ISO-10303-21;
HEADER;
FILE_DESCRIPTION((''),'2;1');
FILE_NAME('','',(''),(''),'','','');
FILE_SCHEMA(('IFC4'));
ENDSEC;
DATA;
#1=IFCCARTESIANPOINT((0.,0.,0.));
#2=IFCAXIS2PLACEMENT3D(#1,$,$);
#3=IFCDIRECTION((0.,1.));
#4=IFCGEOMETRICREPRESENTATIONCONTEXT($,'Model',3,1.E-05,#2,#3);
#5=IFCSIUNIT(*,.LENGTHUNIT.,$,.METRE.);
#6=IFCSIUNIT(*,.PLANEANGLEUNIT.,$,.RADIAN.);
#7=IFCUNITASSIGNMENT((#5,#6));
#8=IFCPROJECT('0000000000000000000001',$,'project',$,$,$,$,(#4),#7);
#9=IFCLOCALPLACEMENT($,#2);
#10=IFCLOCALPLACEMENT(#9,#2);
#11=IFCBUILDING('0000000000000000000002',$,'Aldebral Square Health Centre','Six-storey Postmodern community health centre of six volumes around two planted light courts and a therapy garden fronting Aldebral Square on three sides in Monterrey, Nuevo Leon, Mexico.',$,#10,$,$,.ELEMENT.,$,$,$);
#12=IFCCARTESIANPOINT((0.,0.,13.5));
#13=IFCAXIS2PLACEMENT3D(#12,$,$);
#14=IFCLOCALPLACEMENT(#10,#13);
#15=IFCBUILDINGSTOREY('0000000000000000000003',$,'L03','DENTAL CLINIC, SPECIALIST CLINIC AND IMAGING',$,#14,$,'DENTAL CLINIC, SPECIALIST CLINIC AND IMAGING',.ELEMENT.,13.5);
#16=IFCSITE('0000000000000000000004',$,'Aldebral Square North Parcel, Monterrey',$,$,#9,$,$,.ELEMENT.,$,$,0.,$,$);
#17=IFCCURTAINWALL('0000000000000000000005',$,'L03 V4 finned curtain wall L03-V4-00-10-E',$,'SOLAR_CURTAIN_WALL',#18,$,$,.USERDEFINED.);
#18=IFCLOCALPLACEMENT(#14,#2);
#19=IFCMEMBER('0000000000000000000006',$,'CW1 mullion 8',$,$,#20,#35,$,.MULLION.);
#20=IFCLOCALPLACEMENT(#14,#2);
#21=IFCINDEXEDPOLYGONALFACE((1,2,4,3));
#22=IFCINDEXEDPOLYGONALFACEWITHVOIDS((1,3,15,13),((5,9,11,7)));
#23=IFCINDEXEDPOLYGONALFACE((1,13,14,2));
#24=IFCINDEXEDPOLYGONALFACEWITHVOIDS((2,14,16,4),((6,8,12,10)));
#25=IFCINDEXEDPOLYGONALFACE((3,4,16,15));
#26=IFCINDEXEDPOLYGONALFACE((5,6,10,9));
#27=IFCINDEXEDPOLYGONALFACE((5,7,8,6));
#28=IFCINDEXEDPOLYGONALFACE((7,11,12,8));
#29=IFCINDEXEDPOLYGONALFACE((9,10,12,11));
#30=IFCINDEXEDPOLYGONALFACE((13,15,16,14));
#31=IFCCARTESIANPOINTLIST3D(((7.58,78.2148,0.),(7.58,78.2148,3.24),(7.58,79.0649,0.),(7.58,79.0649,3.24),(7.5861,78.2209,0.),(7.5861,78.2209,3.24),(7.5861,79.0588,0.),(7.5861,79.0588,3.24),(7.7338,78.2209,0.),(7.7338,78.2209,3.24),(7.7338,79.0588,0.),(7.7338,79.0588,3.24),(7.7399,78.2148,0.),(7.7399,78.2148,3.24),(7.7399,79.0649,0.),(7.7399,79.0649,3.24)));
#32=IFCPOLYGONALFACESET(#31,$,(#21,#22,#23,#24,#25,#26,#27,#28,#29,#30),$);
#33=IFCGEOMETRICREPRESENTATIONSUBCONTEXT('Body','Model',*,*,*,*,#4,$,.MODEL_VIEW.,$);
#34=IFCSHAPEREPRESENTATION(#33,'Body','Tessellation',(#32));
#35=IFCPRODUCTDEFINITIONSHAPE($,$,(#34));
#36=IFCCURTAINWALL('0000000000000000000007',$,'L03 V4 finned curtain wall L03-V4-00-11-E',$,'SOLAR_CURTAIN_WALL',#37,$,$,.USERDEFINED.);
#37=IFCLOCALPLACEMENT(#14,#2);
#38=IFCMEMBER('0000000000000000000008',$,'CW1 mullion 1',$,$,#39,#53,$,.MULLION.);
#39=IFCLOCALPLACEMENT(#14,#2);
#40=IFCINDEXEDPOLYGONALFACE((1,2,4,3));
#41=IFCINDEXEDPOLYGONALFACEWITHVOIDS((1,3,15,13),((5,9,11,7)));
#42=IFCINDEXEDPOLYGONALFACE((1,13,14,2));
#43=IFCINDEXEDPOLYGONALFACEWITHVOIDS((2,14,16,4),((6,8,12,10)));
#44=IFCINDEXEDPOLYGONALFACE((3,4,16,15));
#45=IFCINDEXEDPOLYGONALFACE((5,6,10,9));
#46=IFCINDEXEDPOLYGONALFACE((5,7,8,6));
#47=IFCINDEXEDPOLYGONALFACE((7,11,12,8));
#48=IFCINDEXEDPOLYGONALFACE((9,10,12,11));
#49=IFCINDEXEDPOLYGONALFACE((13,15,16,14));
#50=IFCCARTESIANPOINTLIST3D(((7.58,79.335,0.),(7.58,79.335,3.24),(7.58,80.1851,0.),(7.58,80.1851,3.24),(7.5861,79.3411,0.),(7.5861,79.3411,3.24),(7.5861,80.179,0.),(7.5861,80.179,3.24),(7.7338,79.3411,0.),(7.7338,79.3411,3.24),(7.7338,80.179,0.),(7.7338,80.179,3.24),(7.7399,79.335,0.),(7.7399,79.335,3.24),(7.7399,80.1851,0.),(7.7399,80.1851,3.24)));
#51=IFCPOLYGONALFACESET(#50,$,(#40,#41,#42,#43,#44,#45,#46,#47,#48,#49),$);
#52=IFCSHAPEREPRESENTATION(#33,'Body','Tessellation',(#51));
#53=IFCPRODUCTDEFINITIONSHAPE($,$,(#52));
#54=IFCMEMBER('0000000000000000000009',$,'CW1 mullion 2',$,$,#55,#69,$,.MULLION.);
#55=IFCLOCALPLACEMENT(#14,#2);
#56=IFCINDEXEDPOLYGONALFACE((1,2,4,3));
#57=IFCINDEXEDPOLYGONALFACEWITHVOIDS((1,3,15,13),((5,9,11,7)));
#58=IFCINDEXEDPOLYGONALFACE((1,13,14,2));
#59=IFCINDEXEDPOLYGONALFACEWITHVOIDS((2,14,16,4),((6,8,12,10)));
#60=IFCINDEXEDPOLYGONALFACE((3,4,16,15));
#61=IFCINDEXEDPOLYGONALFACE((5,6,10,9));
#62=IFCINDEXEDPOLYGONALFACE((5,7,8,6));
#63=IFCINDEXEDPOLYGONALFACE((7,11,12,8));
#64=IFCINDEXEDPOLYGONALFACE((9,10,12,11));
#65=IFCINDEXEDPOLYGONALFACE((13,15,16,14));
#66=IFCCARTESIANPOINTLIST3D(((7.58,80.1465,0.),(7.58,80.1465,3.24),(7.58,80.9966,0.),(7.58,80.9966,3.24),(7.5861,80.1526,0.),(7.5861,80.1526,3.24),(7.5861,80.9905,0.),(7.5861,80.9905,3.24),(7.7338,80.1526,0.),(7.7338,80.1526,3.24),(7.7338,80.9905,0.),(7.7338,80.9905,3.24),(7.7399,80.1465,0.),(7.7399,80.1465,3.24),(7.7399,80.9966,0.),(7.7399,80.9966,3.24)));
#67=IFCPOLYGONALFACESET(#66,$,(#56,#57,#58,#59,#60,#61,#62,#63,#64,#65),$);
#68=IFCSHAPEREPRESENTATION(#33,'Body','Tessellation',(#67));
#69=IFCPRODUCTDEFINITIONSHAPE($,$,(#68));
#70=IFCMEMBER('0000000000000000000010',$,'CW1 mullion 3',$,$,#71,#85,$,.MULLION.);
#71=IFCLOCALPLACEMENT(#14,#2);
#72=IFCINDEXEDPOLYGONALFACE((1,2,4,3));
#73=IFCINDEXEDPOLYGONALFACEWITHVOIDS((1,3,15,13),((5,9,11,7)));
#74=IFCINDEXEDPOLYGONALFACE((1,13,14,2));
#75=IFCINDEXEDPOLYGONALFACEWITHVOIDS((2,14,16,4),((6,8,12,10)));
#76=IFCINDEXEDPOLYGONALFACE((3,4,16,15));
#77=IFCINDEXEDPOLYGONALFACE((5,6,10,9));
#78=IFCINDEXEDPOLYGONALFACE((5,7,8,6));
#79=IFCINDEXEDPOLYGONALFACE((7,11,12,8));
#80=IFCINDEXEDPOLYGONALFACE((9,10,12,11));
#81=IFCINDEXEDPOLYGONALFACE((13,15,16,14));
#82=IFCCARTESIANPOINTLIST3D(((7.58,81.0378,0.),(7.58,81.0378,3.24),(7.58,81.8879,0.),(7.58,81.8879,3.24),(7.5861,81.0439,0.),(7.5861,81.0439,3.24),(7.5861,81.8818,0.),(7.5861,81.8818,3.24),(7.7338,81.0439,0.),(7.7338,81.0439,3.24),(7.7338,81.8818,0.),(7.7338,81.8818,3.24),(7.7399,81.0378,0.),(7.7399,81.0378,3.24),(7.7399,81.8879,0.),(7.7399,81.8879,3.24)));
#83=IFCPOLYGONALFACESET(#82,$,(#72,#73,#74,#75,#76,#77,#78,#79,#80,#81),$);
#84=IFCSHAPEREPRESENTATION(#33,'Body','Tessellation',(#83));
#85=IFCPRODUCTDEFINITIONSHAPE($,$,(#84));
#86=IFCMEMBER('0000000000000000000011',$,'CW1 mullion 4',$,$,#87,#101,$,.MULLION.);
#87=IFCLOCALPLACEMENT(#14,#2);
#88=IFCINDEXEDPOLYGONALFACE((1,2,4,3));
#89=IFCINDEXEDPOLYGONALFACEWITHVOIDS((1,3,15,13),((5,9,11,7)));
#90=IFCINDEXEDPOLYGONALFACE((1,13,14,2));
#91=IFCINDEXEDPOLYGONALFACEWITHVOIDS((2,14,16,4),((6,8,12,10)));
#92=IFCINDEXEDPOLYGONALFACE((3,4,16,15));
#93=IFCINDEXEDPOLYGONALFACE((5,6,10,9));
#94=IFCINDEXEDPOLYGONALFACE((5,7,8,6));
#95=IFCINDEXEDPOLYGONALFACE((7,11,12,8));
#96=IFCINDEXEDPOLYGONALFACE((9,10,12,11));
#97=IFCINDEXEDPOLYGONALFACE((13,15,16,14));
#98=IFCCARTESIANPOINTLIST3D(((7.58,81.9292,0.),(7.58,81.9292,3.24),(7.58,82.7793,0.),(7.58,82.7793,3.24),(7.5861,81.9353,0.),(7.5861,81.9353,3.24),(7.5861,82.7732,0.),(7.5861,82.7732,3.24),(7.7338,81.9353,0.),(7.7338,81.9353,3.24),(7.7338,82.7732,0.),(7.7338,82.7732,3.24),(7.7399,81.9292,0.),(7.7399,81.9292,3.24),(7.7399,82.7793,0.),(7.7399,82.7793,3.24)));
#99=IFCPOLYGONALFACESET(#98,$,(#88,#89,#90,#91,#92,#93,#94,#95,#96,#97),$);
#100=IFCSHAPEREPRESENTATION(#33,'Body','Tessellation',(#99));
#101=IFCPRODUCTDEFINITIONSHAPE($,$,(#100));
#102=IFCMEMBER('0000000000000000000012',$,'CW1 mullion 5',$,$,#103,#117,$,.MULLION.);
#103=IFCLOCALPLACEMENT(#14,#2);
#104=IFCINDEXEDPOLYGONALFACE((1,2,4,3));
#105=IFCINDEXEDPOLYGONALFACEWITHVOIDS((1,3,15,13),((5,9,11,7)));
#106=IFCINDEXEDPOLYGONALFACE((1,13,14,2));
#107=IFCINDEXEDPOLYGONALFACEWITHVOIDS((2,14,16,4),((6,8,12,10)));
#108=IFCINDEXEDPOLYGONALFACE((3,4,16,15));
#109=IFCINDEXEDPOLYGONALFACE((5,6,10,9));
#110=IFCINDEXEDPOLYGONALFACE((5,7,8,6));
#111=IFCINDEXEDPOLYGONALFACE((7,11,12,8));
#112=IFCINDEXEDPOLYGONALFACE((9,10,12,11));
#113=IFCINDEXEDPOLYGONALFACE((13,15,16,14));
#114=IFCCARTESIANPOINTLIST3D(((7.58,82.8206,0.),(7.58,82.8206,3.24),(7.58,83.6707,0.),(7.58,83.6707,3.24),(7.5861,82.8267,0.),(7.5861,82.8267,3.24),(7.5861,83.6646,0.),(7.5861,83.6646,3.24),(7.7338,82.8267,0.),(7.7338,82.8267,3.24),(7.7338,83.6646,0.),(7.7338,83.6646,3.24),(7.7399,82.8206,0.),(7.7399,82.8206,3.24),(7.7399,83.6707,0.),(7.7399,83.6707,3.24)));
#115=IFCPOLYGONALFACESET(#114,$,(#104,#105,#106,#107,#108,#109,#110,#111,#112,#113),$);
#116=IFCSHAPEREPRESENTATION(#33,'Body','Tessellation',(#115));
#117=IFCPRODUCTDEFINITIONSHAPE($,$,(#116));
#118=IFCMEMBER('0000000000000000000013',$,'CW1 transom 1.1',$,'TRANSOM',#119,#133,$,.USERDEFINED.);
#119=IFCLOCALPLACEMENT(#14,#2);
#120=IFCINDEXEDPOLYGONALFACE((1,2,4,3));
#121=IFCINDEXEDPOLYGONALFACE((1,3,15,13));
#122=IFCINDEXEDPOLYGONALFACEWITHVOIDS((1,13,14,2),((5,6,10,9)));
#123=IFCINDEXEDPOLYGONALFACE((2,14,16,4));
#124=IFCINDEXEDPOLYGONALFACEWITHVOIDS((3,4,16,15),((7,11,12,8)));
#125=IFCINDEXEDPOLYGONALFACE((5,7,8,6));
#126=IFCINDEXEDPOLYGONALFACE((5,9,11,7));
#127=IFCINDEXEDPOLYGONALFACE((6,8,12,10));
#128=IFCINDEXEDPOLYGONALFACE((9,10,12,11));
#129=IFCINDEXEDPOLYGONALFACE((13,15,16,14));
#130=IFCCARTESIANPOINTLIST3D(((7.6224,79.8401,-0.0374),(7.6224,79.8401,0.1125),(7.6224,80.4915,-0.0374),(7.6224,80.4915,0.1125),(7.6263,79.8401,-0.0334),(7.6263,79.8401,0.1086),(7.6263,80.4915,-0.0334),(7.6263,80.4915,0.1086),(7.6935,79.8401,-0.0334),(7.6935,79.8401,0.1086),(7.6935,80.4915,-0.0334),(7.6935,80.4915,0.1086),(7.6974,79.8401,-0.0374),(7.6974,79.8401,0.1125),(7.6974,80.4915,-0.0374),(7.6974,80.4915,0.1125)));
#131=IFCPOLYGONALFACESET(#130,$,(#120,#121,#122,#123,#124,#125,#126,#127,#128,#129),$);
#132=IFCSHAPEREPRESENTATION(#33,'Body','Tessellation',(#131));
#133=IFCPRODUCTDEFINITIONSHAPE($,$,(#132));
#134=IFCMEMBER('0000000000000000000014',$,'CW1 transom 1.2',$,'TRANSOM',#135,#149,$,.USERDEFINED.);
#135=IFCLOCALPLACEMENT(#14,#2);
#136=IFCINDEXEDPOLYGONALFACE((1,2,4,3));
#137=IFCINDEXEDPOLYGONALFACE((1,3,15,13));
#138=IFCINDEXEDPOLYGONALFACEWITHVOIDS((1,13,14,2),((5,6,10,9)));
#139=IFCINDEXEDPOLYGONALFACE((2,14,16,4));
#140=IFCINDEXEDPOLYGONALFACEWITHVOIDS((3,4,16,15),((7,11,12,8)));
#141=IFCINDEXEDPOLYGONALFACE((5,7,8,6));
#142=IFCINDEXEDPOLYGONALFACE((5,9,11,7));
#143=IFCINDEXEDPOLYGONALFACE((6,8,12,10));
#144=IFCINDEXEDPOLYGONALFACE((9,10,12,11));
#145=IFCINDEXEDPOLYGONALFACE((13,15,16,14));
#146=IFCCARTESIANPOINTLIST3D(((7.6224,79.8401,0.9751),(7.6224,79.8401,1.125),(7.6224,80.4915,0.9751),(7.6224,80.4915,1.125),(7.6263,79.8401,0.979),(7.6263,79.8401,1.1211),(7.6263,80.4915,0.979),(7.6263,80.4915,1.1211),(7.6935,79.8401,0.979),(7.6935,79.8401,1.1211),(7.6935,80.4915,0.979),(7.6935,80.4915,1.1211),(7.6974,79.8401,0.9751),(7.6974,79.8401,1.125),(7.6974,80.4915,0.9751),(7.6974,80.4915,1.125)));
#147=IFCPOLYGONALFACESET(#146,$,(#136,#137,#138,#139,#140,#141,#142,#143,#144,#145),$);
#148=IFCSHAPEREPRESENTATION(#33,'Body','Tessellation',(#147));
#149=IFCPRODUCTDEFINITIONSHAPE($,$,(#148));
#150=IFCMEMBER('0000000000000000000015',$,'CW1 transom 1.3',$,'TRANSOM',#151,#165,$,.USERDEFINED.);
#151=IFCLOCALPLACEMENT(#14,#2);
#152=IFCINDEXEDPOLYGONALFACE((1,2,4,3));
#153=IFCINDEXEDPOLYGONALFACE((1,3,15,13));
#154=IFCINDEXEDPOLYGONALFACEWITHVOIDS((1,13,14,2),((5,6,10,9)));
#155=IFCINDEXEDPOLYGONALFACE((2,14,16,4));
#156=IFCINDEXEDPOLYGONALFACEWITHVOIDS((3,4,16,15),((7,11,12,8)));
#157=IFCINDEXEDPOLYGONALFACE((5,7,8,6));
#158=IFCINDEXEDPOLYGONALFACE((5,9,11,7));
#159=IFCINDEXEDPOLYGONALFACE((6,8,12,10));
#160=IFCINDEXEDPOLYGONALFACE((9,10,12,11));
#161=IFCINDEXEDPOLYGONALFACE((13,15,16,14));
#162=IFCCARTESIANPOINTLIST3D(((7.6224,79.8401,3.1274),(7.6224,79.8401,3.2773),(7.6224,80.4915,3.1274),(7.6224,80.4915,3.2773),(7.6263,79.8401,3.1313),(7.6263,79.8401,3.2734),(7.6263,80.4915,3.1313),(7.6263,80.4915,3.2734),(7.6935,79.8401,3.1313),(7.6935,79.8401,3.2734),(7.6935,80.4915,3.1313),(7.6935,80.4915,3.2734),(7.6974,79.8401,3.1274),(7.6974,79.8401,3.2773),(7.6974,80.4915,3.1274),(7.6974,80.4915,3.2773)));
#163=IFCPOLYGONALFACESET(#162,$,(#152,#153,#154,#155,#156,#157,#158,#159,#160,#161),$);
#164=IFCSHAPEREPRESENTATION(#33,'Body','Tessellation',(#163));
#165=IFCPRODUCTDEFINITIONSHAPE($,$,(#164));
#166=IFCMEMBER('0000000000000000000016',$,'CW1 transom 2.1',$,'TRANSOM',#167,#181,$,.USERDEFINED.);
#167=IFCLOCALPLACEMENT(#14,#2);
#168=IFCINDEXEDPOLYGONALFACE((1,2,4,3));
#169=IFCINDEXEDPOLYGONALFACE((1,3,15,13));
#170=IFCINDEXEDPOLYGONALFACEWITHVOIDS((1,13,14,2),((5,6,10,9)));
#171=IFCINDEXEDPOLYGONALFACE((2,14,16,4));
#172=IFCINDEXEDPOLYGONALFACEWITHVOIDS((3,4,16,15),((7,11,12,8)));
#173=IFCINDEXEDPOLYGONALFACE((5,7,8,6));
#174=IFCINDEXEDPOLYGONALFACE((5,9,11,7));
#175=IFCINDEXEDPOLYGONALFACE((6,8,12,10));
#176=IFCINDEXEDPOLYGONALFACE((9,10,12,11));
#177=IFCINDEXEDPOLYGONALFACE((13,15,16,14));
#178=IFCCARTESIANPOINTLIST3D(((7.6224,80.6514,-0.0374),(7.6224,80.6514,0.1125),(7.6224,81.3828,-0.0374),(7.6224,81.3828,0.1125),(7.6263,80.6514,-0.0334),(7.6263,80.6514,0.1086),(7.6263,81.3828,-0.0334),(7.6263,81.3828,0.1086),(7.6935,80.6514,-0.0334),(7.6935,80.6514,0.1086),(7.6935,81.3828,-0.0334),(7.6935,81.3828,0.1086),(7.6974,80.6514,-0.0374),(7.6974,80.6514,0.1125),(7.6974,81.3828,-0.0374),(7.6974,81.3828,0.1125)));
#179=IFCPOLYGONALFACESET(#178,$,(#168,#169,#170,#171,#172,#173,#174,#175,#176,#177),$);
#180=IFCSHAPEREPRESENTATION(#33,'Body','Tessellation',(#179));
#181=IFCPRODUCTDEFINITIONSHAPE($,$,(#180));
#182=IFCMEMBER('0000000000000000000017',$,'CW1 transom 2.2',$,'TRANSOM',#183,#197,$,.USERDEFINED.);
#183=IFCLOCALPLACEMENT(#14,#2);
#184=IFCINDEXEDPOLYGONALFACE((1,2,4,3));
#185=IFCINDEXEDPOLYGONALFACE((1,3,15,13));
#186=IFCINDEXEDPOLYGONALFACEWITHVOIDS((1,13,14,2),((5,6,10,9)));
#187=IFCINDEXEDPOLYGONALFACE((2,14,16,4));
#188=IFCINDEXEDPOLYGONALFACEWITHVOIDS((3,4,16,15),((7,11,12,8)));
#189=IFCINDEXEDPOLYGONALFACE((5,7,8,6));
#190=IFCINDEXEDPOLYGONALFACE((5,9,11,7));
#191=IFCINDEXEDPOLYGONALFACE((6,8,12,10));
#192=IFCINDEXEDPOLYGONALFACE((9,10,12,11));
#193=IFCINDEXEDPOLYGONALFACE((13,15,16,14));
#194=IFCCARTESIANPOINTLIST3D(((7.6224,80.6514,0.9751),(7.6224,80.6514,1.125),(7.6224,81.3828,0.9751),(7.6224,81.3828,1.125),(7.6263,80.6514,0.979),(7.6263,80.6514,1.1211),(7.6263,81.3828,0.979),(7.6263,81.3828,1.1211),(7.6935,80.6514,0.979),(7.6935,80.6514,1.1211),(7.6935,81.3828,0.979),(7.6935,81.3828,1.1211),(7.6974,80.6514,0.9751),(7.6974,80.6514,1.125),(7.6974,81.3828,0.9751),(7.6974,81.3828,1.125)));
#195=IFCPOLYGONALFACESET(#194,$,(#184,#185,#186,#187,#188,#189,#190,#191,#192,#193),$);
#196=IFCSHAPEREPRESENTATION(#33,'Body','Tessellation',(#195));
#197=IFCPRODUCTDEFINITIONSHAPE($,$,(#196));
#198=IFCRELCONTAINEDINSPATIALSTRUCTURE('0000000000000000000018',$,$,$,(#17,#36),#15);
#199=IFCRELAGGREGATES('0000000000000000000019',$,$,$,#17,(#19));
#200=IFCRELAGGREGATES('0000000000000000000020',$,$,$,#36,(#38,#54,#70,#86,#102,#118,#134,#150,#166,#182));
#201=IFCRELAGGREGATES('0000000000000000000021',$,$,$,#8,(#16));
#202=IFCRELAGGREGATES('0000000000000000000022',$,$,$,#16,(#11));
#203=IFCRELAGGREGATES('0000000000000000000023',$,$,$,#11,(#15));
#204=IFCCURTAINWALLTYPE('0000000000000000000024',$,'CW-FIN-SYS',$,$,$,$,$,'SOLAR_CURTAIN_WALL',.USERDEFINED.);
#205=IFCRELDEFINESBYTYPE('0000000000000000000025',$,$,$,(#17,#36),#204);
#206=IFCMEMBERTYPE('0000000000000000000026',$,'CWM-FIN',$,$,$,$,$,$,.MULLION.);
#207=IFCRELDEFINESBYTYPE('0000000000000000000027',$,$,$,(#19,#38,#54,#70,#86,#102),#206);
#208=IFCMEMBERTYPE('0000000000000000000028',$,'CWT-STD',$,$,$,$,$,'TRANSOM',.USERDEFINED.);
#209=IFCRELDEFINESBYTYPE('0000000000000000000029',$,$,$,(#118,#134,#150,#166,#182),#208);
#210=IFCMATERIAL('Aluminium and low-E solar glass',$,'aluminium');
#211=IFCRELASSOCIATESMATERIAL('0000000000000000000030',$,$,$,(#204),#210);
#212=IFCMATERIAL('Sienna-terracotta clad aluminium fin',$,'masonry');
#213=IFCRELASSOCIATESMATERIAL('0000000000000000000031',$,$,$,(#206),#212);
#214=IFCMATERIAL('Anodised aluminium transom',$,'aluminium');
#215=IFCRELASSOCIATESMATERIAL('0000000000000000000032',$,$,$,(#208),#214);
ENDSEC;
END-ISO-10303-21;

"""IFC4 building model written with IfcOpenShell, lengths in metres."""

from ifc_helpers import new_model, si_unit, direction, frame, origin, origin_2d, place, context, subcontext, project, spatial, hollow_rectangle, extrude, material, material_profile, profile_set, type_object, element, aggregate, save


model = new_model("IFC4")

# Units and contexts
model_context = context("Model", 3, precision=1e-05, world=origin(), true_north=direction((0.0, 1.0)))
body_context = subcontext(model_context, "Body", "Model", "MODEL_VIEW")
ifc_project = project(units=[si_unit("LENGTHUNIT", "METRE"), si_unit("PLANEANGLEUNIT", "RADIAN")], contexts=[model_context])

# Site, building, storey
site_placement = place(None, origin())
site = spatial("IfcSite", under=ifc_project, at=site_placement, Name="Aldebral Square North Parcel, Monterrey", CompositionType="ELEMENT", RefElevation=0.0)
building_placement = place(site_placement, origin())
building = spatial("IfcBuilding", under=site, at=building_placement, Name="Aldebral Square Health Centre", Description="Six-storey Postmodern community health centre of six volumes around two planted light courts and a therapy garden fronting Aldebral Square on three sides in Monterrey, Nuevo Leon, Mexico.", CompositionType="ELEMENT")
storey_placement = place(building_placement, frame((0.0, 0.0, 13.5)))
storey = spatial("IfcBuildingStorey", under=building, at=storey_placement, Name="L03", Description="DENTAL CLINIC, SPECIALIST CLINIC AND IMAGING", LongName="DENTAL CLINIC, SPECIALIST CLINIC AND IMAGING", CompositionType="ELEMENT", Elevation=13.5)

# Curtain wall, member
ifc_material_1 = material(Name="Aluminium and low-E solar glass", Category="aluminium")
curtain_wall_type = type_object("IfcCurtainWallType", Name="CW-FIN-SYS", ElementType="SOLAR_CURTAIN_WALL", PredefinedType="USERDEFINED", material=ifc_material_1)
curtain_wall_1_placement = place(storey_placement, origin())
curtain_wall_1 = element("IfcCurtainWall", 1, at=curtain_wall_1_placement, inside=storey, type_object=curtain_wall_type, Name="L03 V4 finned curtain wall L03-V4-00-10-E", ObjectType="SOLAR_CURTAIN_WALL", PredefinedType="USERDEFINED")
ifc_material_2 = material(Name="Sienna-terracotta clad aluminium fin", Category="masonry")
ifc_material_profile_1 = material_profile(ifc_material_2, hollow_rectangle(XDim=0.1599, YDim=0.8501, WallThickness=0.0061, at=origin_2d()), Name="FIN 160x850x6")
ifc_profile_set_1 = profile_set([ifc_material_profile_1], Name="Sienna-terracotta clad aluminium fin")
member_type_1 = type_object("IfcMemberType", Name="CWM-FIN", PredefinedType="MULLION", material=ifc_profile_set_1)
member_1_placement = place(storey_placement, frame((7.6599, 78.6399, 0.0), z_axis=(0.0, 0.0, 1.0), x_axis=(-1.0, 0.0, 0.0)))
member_1 = element("IfcMember", 2, at=member_1_placement, type_object=member_type_1, Name="CW1 mullion 8", PredefinedType="MULLION", context=body_context, shape_type="SweptSolid", body=[
    extrude(hollow_rectangle(XDim=0.1599, YDim=0.8501, WallThickness=0.0061, at=origin_2d()), origin(), (0.0, 0.0, 1.0), 3.24),
])
aggregate(curtain_wall_1, [member_1])

# Curtain wall, members
curtain_wall_2_placement = place(storey_placement, origin())
curtain_wall_2 = element("IfcCurtainWall", 3, at=curtain_wall_2_placement, inside=storey, type_object=curtain_wall_type, Name="L03 V4 finned curtain wall L03-V4-00-11-E", ObjectType="SOLAR_CURTAIN_WALL", PredefinedType="USERDEFINED")
member_2_placement = place(storey_placement, frame((7.6599, 79.76, 0.0), z_axis=(0.0, 0.0, 1.0), x_axis=(-1.0, 0.0, 0.0)))
member_2 = element("IfcMember", 4, at=member_2_placement, type_object=member_type_1, Name="CW1 mullion 1", PredefinedType="MULLION", context=body_context, shape_type="SweptSolid", body=[
    extrude(hollow_rectangle(XDim=0.1599, YDim=0.8501, WallThickness=0.0061, at=origin_2d()), origin(), (0.0, 0.0, 1.0), 3.24),
])
member_3_placement = place(storey_placement, frame((7.6599, 80.5715, 0.0), z_axis=(0.0, 0.0, 1.0), x_axis=(-1.0, 0.0, 0.0)))
member_3 = element("IfcMember", 5, at=member_3_placement, type_object=member_type_1, Name="CW1 mullion 2", PredefinedType="MULLION", context=body_context, shape_type="SweptSolid", body=[
    extrude(hollow_rectangle(XDim=0.1599, YDim=0.8501, WallThickness=0.0061, at=origin_2d()), origin(), (0.0, 0.0, 1.0), 3.24),
])
member_4_placement = place(storey_placement, frame((7.6599, 81.4629, 0.0), z_axis=(0.0, 0.0, 1.0), x_axis=(-1.0, 0.0, 0.0)))
member_4 = element("IfcMember", 6, at=member_4_placement, type_object=member_type_1, Name="CW1 mullion 3", PredefinedType="MULLION", context=body_context, shape_type="SweptSolid", body=[
    extrude(hollow_rectangle(XDim=0.1599, YDim=0.8501, WallThickness=0.0061, at=origin_2d()), origin(), (0.0, 0.0, 1.0), 3.24),
])
member_5_placement = place(storey_placement, frame((7.6599, 82.3542, 0.0), z_axis=(0.0, 0.0, 1.0), x_axis=(-1.0, 0.0, 0.0)))
member_5 = element("IfcMember", 7, at=member_5_placement, type_object=member_type_1, Name="CW1 mullion 4", PredefinedType="MULLION", context=body_context, shape_type="SweptSolid", body=[
    extrude(hollow_rectangle(XDim=0.1599, YDim=0.8501, WallThickness=0.0061, at=origin_2d()), origin(), (0.0, 0.0, 1.0), 3.24),
])
member_6_placement = place(storey_placement, frame((7.6599, 83.2456, 0.0), z_axis=(0.0, 0.0, 1.0), x_axis=(-1.0, 0.0, 0.0)))
member_6 = element("IfcMember", 8, at=member_6_placement, type_object=member_type_1, Name="CW1 mullion 5", PredefinedType="MULLION", context=body_context, shape_type="SweptSolid", body=[
    extrude(hollow_rectangle(XDim=0.1599, YDim=0.8501, WallThickness=0.0061, at=origin_2d()), origin(), (0.0, 0.0, 1.0), 3.24),
])
ifc_material_3 = material(Name="Anodised aluminium transom", Category="aluminium")
ifc_material_profile_2 = material_profile(ifc_material_3, hollow_rectangle(XDim=0.075, YDim=0.1499, WallThickness=0.0039, at=origin_2d()), Name="CWT 75x150x4")
ifc_profile_set_2 = profile_set([ifc_material_profile_2], Name="Anodised aluminium transom")
member_type_2 = type_object("IfcMemberType", Name="CWT-STD", ElementType="TRANSOM", PredefinedType="USERDEFINED", material=ifc_profile_set_2)
member_7_placement = place(storey_placement, frame((7.6599, 79.8401, 0.0376), z_axis=(0.0, 1.0, 0.0), x_axis=(-1.0, 0.0, 0.0)))
member_7 = element("IfcMember", 9, at=member_7_placement, type_object=member_type_2, Name="CW1 transom 1.1", ObjectType="TRANSOM", PredefinedType="USERDEFINED", context=body_context, shape_type="SweptSolid", body=[
    extrude(hollow_rectangle(XDim=0.075, YDim=0.1499, WallThickness=0.0039, at=origin_2d()), origin(), (0.0, 0.0, 1.0), 0.6514),
])
member_8_placement = place(storey_placement, frame((7.6599, 79.8401, 1.05), z_axis=(0.0, 1.0, 0.0), x_axis=(-1.0, 0.0, 0.0)))
member_8 = element("IfcMember", 10, at=member_8_placement, type_object=member_type_2, Name="CW1 transom 1.2", ObjectType="TRANSOM", PredefinedType="USERDEFINED", context=body_context, shape_type="SweptSolid", body=[
    extrude(hollow_rectangle(XDim=0.075, YDim=0.1499, WallThickness=0.0039, at=origin_2d()), origin(), (0.0, 0.0, 1.0), 0.6514),
])
member_9_placement = place(storey_placement, frame((7.6599, 79.8401, 3.2024), z_axis=(0.0, 1.0, 0.0), x_axis=(-1.0, 0.0, 0.0)))
member_9 = element("IfcMember", 11, at=member_9_placement, type_object=member_type_2, Name="CW1 transom 1.3", ObjectType="TRANSOM", PredefinedType="USERDEFINED", context=body_context, shape_type="SweptSolid", body=[
    extrude(hollow_rectangle(XDim=0.075, YDim=0.1499, WallThickness=0.0039, at=origin_2d()), origin(), (0.0, 0.0, 1.0), 0.6514),
])
member_10_placement = place(storey_placement, frame((7.6599, 80.6514, 0.0376), z_axis=(0.0, 1.0, 0.0), x_axis=(-1.0, 0.0, 0.0)))
member_10 = element("IfcMember", 12, at=member_10_placement, type_object=member_type_2, Name="CW1 transom 2.1", ObjectType="TRANSOM", PredefinedType="USERDEFINED", context=body_context, shape_type="SweptSolid", body=[
    extrude(hollow_rectangle(XDim=0.075, YDim=0.1499, WallThickness=0.0039, at=origin_2d()), origin(), (0.0, 0.0, 1.0), 0.7314),
])
member_11_placement = place(storey_placement, frame((7.6599, 80.6514, 1.05), z_axis=(0.0, 1.0, 0.0), x_axis=(-1.0, 0.0, 0.0)))
member_11 = element("IfcMember", 13, at=member_11_placement, type_object=member_type_2, Name="CW1 transom 2.2", ObjectType="TRANSOM", PredefinedType="USERDEFINED", context=body_context, shape_type="SweptSolid", body=[
    extrude(hollow_rectangle(XDim=0.075, YDim=0.1499, WallThickness=0.0039, at=origin_2d()), origin(), (0.0, 0.0, 1.0), 0.7314),
])
aggregate(curtain_wall_2, [member_2, member_3, member_4, member_5, member_6, member_7, member_8, member_9, member_10, member_11])

save(model, "model.ifc")
